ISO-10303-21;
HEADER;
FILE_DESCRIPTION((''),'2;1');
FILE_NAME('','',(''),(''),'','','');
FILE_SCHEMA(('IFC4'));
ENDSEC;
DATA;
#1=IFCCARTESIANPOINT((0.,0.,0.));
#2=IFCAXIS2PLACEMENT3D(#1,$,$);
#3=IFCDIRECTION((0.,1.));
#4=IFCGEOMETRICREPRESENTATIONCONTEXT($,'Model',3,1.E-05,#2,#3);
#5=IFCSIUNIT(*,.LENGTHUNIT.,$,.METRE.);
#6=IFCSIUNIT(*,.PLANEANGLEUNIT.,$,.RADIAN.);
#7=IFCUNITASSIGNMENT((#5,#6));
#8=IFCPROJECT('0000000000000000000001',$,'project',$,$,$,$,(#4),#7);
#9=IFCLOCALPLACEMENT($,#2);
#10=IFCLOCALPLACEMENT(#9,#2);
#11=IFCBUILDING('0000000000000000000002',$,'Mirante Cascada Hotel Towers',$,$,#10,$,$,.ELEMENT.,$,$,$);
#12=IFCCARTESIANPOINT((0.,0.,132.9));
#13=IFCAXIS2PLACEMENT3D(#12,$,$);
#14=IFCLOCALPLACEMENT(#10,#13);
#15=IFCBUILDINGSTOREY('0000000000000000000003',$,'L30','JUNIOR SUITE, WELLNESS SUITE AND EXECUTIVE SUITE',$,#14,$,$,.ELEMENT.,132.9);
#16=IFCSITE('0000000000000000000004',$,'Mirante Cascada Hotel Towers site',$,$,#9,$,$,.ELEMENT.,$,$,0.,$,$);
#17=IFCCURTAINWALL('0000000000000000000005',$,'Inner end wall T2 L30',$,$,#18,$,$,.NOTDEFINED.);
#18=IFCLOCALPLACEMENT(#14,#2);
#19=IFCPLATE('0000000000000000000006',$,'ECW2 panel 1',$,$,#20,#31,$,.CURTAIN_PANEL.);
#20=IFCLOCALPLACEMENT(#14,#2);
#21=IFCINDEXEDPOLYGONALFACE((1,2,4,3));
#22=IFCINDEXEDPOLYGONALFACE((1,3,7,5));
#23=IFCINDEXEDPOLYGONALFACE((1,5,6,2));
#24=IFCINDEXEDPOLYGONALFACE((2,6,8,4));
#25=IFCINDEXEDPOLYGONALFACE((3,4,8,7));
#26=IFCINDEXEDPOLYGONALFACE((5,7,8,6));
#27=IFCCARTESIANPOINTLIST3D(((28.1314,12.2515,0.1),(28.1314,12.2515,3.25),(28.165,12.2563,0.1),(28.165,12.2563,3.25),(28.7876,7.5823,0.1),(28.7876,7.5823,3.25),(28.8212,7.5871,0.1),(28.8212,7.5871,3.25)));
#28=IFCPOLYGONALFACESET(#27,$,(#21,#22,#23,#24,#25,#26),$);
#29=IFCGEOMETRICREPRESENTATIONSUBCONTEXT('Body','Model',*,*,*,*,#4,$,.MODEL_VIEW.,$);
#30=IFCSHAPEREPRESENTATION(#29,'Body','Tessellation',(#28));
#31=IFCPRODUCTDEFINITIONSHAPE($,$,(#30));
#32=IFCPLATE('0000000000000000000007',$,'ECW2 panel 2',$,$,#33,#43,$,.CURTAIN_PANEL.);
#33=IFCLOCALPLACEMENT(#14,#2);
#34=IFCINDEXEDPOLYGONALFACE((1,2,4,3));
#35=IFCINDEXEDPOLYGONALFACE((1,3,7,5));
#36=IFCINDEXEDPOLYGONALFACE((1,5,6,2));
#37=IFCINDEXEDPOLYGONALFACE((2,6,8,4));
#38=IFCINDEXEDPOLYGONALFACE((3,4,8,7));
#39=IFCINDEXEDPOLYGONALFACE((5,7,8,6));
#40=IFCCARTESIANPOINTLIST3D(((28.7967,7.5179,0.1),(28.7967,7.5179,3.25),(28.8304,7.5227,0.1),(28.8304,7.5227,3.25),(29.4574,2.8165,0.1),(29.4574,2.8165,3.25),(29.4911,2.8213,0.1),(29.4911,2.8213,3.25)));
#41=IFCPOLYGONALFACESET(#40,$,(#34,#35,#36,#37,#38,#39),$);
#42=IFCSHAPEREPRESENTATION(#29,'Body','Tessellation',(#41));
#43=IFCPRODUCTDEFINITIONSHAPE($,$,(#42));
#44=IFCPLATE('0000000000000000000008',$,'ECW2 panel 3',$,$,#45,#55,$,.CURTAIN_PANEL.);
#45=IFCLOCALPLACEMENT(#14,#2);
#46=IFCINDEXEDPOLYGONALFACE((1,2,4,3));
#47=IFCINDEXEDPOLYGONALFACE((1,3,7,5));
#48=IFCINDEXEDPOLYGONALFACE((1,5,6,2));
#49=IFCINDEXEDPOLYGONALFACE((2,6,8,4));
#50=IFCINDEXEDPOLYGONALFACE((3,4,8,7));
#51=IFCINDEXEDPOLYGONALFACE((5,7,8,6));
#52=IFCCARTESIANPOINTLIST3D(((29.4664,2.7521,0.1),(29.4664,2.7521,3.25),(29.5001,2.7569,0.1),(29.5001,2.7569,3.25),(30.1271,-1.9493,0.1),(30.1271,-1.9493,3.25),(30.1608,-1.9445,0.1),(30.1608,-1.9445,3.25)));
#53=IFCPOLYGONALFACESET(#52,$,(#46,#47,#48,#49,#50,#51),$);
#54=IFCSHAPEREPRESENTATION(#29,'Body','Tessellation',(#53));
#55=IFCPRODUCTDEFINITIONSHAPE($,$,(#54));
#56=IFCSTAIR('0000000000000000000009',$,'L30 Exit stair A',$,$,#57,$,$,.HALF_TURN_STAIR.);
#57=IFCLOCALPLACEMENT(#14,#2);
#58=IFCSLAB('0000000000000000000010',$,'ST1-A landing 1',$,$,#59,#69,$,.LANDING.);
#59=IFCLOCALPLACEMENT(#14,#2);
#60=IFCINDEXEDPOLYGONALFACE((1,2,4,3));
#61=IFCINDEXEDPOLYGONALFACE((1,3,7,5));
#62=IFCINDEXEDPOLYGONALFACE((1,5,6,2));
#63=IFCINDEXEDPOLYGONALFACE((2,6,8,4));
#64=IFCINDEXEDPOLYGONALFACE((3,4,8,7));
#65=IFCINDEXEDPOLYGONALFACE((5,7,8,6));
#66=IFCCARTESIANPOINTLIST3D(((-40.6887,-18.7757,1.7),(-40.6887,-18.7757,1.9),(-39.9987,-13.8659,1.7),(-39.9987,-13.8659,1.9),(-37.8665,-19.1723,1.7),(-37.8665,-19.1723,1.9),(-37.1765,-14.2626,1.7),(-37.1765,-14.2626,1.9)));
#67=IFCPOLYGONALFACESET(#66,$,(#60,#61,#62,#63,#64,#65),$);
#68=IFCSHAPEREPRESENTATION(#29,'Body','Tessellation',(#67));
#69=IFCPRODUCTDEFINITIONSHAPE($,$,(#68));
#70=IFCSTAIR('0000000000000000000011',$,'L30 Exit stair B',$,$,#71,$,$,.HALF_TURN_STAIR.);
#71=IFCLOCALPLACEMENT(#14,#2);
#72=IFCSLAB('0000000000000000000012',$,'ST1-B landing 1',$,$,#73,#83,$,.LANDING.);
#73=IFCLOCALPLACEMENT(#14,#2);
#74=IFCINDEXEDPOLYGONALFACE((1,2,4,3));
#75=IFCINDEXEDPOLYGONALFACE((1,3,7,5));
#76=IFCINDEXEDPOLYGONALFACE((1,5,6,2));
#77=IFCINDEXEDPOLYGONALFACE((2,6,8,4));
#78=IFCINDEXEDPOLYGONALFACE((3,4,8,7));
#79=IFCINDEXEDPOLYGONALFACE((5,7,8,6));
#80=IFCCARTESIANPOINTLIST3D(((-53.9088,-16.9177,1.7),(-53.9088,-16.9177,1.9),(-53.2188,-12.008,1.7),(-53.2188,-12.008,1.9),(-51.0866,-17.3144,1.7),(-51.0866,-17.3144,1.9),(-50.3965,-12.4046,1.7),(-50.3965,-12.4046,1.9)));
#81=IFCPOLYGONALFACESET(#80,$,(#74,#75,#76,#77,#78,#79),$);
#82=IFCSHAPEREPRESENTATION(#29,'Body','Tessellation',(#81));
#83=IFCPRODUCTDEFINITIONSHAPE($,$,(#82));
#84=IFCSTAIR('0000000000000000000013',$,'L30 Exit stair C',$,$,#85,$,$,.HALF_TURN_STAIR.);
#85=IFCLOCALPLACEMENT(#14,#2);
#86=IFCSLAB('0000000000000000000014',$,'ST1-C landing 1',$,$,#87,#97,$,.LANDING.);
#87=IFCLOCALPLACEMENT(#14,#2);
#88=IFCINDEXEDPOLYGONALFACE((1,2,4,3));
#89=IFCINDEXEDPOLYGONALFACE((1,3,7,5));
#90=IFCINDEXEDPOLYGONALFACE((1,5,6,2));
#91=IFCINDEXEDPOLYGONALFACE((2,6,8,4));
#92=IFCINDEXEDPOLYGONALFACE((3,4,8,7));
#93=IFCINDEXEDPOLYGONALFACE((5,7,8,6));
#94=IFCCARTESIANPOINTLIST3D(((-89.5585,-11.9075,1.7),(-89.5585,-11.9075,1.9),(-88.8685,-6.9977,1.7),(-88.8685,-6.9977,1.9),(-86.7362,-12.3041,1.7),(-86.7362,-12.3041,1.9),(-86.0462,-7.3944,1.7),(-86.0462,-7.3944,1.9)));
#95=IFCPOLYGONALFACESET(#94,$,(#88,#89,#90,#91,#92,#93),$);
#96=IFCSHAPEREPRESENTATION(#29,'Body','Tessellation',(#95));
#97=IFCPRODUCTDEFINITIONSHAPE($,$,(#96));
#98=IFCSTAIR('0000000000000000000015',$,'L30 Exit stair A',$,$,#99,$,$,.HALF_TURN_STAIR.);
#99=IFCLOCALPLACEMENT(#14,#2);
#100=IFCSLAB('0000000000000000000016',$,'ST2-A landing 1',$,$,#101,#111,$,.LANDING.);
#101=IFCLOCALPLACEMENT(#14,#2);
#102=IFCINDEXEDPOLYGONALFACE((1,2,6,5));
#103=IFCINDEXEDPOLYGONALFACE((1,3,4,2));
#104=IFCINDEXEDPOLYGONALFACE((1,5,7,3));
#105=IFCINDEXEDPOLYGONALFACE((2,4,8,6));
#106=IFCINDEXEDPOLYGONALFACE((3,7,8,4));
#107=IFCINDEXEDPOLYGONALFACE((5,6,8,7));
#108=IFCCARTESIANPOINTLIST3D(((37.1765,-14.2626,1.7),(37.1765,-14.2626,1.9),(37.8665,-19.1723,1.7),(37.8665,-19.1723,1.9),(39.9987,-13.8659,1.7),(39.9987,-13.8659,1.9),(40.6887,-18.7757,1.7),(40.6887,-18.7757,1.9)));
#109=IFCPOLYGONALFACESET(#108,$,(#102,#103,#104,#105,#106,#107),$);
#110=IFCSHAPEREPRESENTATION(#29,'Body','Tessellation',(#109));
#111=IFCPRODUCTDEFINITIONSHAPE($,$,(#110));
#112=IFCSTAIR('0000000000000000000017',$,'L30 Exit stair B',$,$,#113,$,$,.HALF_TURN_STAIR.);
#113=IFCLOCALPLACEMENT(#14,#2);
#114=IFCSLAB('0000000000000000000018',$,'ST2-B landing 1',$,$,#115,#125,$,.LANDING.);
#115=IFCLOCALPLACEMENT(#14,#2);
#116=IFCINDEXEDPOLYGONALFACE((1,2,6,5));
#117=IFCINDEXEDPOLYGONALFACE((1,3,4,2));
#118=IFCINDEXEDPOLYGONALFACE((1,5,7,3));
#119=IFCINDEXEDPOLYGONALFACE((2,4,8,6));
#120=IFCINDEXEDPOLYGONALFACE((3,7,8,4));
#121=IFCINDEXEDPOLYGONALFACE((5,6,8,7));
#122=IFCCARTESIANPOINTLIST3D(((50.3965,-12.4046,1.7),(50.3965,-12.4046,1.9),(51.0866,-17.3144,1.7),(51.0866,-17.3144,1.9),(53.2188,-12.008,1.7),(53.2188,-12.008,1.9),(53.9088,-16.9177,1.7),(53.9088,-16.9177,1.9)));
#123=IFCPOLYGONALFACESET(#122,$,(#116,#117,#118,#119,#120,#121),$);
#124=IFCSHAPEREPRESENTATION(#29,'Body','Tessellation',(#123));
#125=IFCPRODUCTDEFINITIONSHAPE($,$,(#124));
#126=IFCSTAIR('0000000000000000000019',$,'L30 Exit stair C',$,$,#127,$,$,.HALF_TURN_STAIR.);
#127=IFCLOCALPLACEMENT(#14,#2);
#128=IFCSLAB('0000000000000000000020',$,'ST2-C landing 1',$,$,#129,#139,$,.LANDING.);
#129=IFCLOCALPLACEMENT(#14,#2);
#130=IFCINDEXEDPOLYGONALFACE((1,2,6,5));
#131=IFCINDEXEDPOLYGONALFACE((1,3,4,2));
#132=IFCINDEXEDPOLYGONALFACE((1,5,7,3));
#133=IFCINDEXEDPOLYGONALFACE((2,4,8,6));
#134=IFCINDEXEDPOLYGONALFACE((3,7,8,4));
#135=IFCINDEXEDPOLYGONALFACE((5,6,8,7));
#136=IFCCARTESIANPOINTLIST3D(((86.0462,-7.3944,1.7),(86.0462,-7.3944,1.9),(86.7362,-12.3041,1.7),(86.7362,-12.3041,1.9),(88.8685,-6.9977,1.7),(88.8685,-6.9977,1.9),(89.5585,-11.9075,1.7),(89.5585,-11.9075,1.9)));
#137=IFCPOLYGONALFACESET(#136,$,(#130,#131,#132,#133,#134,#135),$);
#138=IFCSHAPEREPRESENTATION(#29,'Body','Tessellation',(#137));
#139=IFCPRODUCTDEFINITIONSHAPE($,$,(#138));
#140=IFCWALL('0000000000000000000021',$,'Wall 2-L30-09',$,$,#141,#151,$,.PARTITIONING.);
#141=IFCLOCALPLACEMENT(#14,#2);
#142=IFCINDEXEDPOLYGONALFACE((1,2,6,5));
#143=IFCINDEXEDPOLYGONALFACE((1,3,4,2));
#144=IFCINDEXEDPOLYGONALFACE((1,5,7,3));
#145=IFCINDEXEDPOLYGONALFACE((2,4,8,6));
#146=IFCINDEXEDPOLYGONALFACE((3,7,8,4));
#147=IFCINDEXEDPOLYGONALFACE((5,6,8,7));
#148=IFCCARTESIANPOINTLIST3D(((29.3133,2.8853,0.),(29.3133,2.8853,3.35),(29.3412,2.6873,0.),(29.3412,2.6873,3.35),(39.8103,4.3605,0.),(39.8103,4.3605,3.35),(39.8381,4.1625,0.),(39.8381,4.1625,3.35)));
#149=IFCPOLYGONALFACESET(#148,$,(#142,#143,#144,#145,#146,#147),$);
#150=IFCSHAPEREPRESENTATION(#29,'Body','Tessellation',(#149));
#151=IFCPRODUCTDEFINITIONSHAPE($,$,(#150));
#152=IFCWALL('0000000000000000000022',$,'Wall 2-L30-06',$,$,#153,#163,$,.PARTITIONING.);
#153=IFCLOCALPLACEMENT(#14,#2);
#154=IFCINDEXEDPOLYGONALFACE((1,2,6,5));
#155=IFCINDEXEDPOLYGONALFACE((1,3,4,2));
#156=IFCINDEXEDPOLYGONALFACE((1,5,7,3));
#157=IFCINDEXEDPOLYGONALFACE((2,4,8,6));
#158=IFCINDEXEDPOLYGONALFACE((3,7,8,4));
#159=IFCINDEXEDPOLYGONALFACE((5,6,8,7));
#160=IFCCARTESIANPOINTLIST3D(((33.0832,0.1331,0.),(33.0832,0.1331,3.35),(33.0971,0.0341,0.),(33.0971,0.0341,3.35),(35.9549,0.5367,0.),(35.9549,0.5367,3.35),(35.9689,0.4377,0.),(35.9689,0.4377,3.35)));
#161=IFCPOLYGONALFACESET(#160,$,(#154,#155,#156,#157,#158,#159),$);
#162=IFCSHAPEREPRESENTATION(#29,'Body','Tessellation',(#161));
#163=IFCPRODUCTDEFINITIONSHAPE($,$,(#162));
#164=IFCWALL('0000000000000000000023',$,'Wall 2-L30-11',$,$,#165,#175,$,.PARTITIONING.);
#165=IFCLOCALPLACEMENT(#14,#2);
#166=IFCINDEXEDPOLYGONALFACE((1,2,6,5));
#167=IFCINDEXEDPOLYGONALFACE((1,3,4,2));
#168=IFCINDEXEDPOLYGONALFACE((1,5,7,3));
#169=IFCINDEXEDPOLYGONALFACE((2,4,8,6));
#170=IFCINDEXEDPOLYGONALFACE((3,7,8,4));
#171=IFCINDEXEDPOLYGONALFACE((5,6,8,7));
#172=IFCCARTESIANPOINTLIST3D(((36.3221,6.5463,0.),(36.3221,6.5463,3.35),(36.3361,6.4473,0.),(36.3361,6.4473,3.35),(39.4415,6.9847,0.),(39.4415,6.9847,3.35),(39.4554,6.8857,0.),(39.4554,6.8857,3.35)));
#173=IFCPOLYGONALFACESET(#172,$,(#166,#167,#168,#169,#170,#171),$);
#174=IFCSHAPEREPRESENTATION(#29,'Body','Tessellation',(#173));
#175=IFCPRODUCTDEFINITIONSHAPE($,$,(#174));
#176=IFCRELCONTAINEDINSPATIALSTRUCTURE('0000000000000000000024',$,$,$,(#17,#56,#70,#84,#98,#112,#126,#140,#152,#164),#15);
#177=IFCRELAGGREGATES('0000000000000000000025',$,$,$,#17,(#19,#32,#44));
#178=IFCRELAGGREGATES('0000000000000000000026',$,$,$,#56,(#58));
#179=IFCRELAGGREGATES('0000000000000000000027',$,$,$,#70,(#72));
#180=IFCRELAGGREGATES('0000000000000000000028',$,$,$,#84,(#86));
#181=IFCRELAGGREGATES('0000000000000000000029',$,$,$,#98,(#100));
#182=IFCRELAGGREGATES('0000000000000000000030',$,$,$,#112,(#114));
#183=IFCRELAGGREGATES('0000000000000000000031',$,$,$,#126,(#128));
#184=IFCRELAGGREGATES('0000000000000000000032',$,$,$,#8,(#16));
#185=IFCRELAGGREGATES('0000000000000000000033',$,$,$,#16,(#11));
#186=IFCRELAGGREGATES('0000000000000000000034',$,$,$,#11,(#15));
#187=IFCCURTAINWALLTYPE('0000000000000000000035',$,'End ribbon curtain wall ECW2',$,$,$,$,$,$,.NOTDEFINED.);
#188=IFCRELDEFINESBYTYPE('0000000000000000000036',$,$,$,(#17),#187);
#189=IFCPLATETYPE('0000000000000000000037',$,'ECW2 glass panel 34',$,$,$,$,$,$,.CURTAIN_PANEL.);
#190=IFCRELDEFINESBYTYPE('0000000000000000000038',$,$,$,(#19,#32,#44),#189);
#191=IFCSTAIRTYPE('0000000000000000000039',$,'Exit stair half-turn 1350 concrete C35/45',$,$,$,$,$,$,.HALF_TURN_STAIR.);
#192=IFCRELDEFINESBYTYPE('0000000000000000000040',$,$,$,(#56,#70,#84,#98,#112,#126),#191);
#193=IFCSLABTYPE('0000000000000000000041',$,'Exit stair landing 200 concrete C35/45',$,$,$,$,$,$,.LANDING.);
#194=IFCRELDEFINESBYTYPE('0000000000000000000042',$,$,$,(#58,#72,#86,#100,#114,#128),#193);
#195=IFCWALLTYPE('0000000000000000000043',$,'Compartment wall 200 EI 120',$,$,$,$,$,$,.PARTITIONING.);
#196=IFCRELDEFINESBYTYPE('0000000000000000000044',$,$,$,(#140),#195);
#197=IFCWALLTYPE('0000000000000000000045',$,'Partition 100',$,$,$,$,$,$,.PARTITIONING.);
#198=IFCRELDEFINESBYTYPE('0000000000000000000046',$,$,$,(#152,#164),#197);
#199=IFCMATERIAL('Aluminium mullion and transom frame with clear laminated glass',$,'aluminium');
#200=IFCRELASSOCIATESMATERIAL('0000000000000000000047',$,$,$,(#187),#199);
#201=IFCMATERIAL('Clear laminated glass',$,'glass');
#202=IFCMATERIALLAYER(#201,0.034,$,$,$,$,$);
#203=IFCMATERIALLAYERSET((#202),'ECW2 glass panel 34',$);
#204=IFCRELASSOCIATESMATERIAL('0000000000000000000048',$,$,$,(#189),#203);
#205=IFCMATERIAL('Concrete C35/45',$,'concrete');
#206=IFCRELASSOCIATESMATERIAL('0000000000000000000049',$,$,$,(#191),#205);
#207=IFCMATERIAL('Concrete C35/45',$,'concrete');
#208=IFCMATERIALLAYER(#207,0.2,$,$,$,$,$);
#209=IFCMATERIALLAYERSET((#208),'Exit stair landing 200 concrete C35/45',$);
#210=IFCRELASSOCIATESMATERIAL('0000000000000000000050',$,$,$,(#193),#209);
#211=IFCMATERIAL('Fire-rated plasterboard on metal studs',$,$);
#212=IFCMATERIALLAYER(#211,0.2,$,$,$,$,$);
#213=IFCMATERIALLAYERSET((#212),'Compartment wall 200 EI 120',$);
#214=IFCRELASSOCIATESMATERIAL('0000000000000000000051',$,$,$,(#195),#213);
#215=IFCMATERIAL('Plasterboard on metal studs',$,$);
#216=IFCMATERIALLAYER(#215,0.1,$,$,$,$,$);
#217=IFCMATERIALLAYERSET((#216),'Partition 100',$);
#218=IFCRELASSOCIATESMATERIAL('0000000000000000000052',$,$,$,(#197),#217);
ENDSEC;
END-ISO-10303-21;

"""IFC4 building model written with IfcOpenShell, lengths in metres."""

from ifc_helpers import new_model, si_unit, direction, frame, frame_2d, origin, origin_2d, place, context, subcontext, project, spatial, polyline, rectangle, outline, extrude, material, layer, layer_set, type_object, element, aggregate, save


model = new_model("IFC4")

# Units and contexts
model_context = context("Model", 3, precision=1e-05, world=origin(), true_north=direction((0.0, 1.0)))
body_context = subcontext(model_context, "Body", "Model", "MODEL_VIEW")
ifc_project = project(units=[si_unit("LENGTHUNIT", "METRE"), si_unit("PLANEANGLEUNIT", "RADIAN")], contexts=[model_context])

# Site, building, storey
site_placement = place(None, origin())
site = spatial("IfcSite", under=ifc_project, at=site_placement, Name="Mirante Cascada Hotel Towers site", CompositionType="ELEMENT", RefElevation=0.0)
building_placement = place(site_placement, origin())
building = spatial("IfcBuilding", under=site, at=building_placement, Name="Mirante Cascada Hotel Towers", CompositionType="ELEMENT")
storey_placement = place(building_placement, frame((0.0, 0.0, 132.9)))
storey = spatial("IfcBuildingStorey", under=building, at=storey_placement, Name="L30", Description="JUNIOR SUITE, WELLNESS SUITE AND EXECUTIVE SUITE", CompositionType="ELEMENT", Elevation=132.9)

# Curtain wall
ifc_material_1 = material(Name="Aluminium mullion and transom frame with clear laminated glass", Category="aluminium")
curtain_wall_type_1 = type_object("IfcCurtainWallType", Name="End ribbon curtain wall ECW2", PredefinedType="NOTDEFINED", material=ifc_material_1)
curtain_wall_1_placement = place(storey_placement, origin())
curtain_wall_1 = element("IfcCurtainWall", 1, at=curtain_wall_1_placement, inside=storey, type_object=curtain_wall_type_1, Name="Inner end wall T2 L30", PredefinedType="NOTDEFINED")

# Plates
ifc_material_2 = material(Name="Clear laminated glass", Category="glass")
ifc_layer_1 = layer(ifc_material_2, 0.034)
ifc_layer_set_1 = layer_set([ifc_layer_1], Name="ECW2 glass panel 34")
plate_type_1 = type_object("IfcPlateType", Name="ECW2 glass panel 34", PredefinedType="CURTAIN_PANEL", material=ifc_layer_set_1)
plate_1_placement = place(storey_placement, frame((28.4763, 9.9193, 0.1), z_axis=(0.0, 0.0, 1.0), x_axis=(0.139173, -0.990268, 0.0)))
plate_1 = element("IfcPlate", 2, at=plate_1_placement, type_object=plate_type_1, Name="ECW2 panel 1", PredefinedType="CURTAIN_PANEL", context=body_context, shape_type="SweptSolid", body=[
    extrude(rectangle(XDim=4.7151, YDim=0.034, at=origin_2d()), origin(), (0.0, 0.0, 1.0), 3.15),
])
plate_2_placement = place(storey_placement, frame((29.1439, 5.1696, 0.1), z_axis=(0.0, 0.0, 1.0), x_axis=(0.139173, -0.990268, 0.0)))
plate_2 = element("IfcPlate", 3, at=plate_2_placement, type_object=plate_type_1, Name="ECW2 panel 2", PredefinedType="CURTAIN_PANEL", context=body_context, shape_type="SweptSolid", body=[
    extrude(rectangle(XDim=4.7476, YDim=0.034, at=origin_2d()), origin(), (0.0, 0.0, 1.0), 3.15),
])
plate_3_placement = place(storey_placement, frame((29.8136, 0.4038, 0.1), z_axis=(0.0, 0.0, 1.0), x_axis=(0.139173, -0.990268, 0.0)))
plate_3 = element("IfcPlate", 4, at=plate_3_placement, type_object=plate_type_1, Name="ECW2 panel 3", PredefinedType="CURTAIN_PANEL", context=body_context, shape_type="SweptSolid", body=[
    extrude(rectangle(XDim=4.7476, YDim=0.034, at=origin_2d()), origin(), (0.0, 0.0, 1.0), 3.15),
])
aggregate(curtain_wall_1, [plate_1, plate_2, plate_3])

# Stairs, slabs
ifc_material_3 = material(Name="Concrete C35/45", Category="concrete")
stair_type = type_object("IfcStairType", Name="Exit stair half-turn 1350 concrete C35/45", PredefinedType="HALF_TURN_STAIR", material=ifc_material_3)
stair_1_placement = place(storey_placement, origin())
stair_1 = element("IfcStair", 5, at=stair_1_placement, inside=storey, type_object=stair_type, Name="L30 Exit stair A", PredefinedType="HALF_TURN_STAIR")
ifc_material_4 = material(Name="Concrete C35/45", Category="concrete")
ifc_layer_2 = layer(ifc_material_4, 0.2)
ifc_layer_set_2 = layer_set([ifc_layer_2], Name="Exit stair landing 200 concrete C35/45")
slab_type = type_object("IfcSlabType", Name="Exit stair landing 200 concrete C35/45", PredefinedType="LANDING", material=ifc_layer_set_2)
slab_1_placement = place(storey_placement, frame((0.0, 0.0, 1.7)))
slab_1 = element("IfcSlab", 6, at=slab_1_placement, type_object=slab_type, Name="ST1-A landing 1", PredefinedType="LANDING", context=body_context, shape_type="SweptSolid", body=[
    extrude(outline(polyline([(-39.9987, -13.8659), (-40.6887, -18.7757), (-37.8665, -19.1723), (-37.1765, -14.2626), (-39.9987, -13.8659)])), origin(), (0.0, 0.0, 1.0), 0.2),
])
aggregate(stair_1, [slab_1])
stair_2_placement = place(storey_placement, origin())
stair_2 = element("IfcStair", 7, at=stair_2_placement, inside=storey, type_object=stair_type, Name="L30 Exit stair B", PredefinedType="HALF_TURN_STAIR")
slab_2_placement = place(storey_placement, frame((0.0, 0.0, 1.7)))
slab_2 = element("IfcSlab", 8, at=slab_2_placement, type_object=slab_type, Name="ST1-B landing 1", PredefinedType="LANDING", context=body_context, shape_type="SweptSolid", body=[
    extrude(outline(polyline([(-53.2188, -12.008), (-53.9088, -16.9177), (-51.0866, -17.3144), (-50.3965, -12.4046), (-53.2188, -12.008)])), origin(), (0.0, 0.0, 1.0), 0.2),
])
aggregate(stair_2, [slab_2])
stair_3_placement = place(storey_placement, origin())
stair_3 = element("IfcStair", 9, at=stair_3_placement, inside=storey, type_object=stair_type, Name="L30 Exit stair C", PredefinedType="HALF_TURN_STAIR")
slab_3_placement = place(storey_placement, frame((0.0, 0.0, 1.7)))
slab_3 = element("IfcSlab", 10, at=slab_3_placement, type_object=slab_type, Name="ST1-C landing 1", PredefinedType="LANDING", context=body_context, shape_type="SweptSolid", body=[
    extrude(outline(polyline([(-88.8685, -6.9977), (-89.5585, -11.9075), (-86.7362, -12.3041), (-86.0462, -7.3944), (-88.8685, -6.9977)])), origin(), (0.0, 0.0, 1.0), 0.2),
])
aggregate(stair_3, [slab_3])
stair_4_placement = place(storey_placement, origin())
stair_4 = element("IfcStair", 11, at=stair_4_placement, inside=storey, type_object=stair_type, Name="L30 Exit stair A", PredefinedType="HALF_TURN_STAIR")
slab_4_placement = place(storey_placement, frame((0.0, 0.0, 1.7)))
slab_4 = element("IfcSlab", 12, at=slab_4_placement, type_object=slab_type, Name="ST2-A landing 1", PredefinedType="LANDING", context=body_context, shape_type="SweptSolid", body=[
    extrude(outline(polyline([(37.1765, -14.2626), (37.8665, -19.1723), (40.6887, -18.7757), (39.9987, -13.8659), (37.1765, -14.2626)])), origin(), (0.0, 0.0, 1.0), 0.2),
])
aggregate(stair_4, [slab_4])
stair_5_placement = place(storey_placement, origin())
stair_5 = element("IfcStair", 13, at=stair_5_placement, inside=storey, type_object=stair_type, Name="L30 Exit stair B", PredefinedType="HALF_TURN_STAIR")
slab_5_placement = place(storey_placement, frame((0.0, 0.0, 1.7)))
slab_5 = element("IfcSlab", 14, at=slab_5_placement, type_object=slab_type, Name="ST2-B landing 1", PredefinedType="LANDING", context=body_context, shape_type="SweptSolid", body=[
    extrude(outline(polyline([(50.3965, -12.4046), (51.0866, -17.3144), (53.9088, -16.9177), (53.2188, -12.008), (50.3965, -12.4046)])), origin(), (0.0, 0.0, 1.0), 0.2),
])
aggregate(stair_5, [slab_5])
stair_6_placement = place(storey_placement, origin())
stair_6 = element("IfcStair", 15, at=stair_6_placement, inside=storey, type_object=stair_type, Name="L30 Exit stair C", PredefinedType="HALF_TURN_STAIR")
slab_6_placement = place(storey_placement, frame((0.0, 0.0, 1.7)))
slab_6 = element("IfcSlab", 16, at=slab_6_placement, type_object=slab_type, Name="ST2-C landing 1", PredefinedType="LANDING", context=body_context, shape_type="SweptSolid", body=[
    extrude(outline(polyline([(86.0462, -7.3944), (86.7362, -12.3041), (89.5585, -11.9075), (88.8685, -6.9977), (86.0462, -7.3944)])), origin(), (0.0, 0.0, 1.0), 0.2),
])
aggregate(stair_6, [slab_6])

# Walls
ifc_material_5 = material(Name="Fire-rated plasterboard on metal studs")
ifc_layer_3 = layer(ifc_material_5, 0.2)
ifc_layer_set_3 = layer_set([ifc_layer_3], Name="Compartment wall 200 EI 120")
wall_type_1 = type_object("IfcWallType", Name="Compartment wall 200 EI 120", PredefinedType="PARTITIONING", material=ifc_layer_set_3)
wall_1_placement = place(storey_placement, frame((29.3273, 2.7863, 0.0), z_axis=(0.0, 0.0, 1.0), x_axis=(0.990269, 0.139169, 0.0)))
element("IfcWall", 17, at=wall_1_placement, inside=storey, type_object=wall_type_1, Name="Wall 2-L30-09", PredefinedType="PARTITIONING", context=body_context, shape_type="SweptSolid", body=[
    extrude(rectangle(XDim=10.6001, YDim=0.2, at=frame_2d((5.3, 0.0))), origin(), (0.0, 0.0, 1.0), 3.35),
])
ifc_material_6 = material(Name="Plasterboard on metal studs")
ifc_layer_4 = layer(ifc_material_6, 0.1)
ifc_layer_set_4 = layer_set([ifc_layer_4], Name="Partition 100")
wall_type_2 = type_object("IfcWallType", Name="Partition 100", PredefinedType="PARTITIONING", material=ifc_layer_set_4)
wall_2_placement = place(storey_placement, frame((35.9619, 0.4872, 0.0), z_axis=(0.0, 0.0, 1.0), x_axis=(-0.990268, -0.139171, 0.0)))
element("IfcWall", 18, at=wall_2_placement, inside=storey, type_object=wall_type_2, Name="Wall 2-L30-06", PredefinedType="PARTITIONING", context=body_context, shape_type="SweptSolid", body=[
    extrude(rectangle(XDim=2.9, YDim=0.1, at=frame_2d((1.45, 0.0))), origin(), (0.0, 0.0, 1.0), 3.35),
])
wall_3_placement = place(storey_placement, frame((36.3291, 6.4968, 0.0), z_axis=(0.0, 0.0, 1.0), x_axis=(0.990268, 0.139177, 0.0)))
element("IfcWall", 19, at=wall_3_placement, inside=storey, type_object=wall_type_2, Name="Wall 2-L30-11", PredefinedType="PARTITIONING", context=body_context, shape_type="SweptSolid", body=[
    extrude(rectangle(XDim=3.15, YDim=0.1, at=frame_2d((1.575, 0.0))), origin(), (0.0, 0.0, 1.0), 3.35),
])

save(model, "model.ifc")
